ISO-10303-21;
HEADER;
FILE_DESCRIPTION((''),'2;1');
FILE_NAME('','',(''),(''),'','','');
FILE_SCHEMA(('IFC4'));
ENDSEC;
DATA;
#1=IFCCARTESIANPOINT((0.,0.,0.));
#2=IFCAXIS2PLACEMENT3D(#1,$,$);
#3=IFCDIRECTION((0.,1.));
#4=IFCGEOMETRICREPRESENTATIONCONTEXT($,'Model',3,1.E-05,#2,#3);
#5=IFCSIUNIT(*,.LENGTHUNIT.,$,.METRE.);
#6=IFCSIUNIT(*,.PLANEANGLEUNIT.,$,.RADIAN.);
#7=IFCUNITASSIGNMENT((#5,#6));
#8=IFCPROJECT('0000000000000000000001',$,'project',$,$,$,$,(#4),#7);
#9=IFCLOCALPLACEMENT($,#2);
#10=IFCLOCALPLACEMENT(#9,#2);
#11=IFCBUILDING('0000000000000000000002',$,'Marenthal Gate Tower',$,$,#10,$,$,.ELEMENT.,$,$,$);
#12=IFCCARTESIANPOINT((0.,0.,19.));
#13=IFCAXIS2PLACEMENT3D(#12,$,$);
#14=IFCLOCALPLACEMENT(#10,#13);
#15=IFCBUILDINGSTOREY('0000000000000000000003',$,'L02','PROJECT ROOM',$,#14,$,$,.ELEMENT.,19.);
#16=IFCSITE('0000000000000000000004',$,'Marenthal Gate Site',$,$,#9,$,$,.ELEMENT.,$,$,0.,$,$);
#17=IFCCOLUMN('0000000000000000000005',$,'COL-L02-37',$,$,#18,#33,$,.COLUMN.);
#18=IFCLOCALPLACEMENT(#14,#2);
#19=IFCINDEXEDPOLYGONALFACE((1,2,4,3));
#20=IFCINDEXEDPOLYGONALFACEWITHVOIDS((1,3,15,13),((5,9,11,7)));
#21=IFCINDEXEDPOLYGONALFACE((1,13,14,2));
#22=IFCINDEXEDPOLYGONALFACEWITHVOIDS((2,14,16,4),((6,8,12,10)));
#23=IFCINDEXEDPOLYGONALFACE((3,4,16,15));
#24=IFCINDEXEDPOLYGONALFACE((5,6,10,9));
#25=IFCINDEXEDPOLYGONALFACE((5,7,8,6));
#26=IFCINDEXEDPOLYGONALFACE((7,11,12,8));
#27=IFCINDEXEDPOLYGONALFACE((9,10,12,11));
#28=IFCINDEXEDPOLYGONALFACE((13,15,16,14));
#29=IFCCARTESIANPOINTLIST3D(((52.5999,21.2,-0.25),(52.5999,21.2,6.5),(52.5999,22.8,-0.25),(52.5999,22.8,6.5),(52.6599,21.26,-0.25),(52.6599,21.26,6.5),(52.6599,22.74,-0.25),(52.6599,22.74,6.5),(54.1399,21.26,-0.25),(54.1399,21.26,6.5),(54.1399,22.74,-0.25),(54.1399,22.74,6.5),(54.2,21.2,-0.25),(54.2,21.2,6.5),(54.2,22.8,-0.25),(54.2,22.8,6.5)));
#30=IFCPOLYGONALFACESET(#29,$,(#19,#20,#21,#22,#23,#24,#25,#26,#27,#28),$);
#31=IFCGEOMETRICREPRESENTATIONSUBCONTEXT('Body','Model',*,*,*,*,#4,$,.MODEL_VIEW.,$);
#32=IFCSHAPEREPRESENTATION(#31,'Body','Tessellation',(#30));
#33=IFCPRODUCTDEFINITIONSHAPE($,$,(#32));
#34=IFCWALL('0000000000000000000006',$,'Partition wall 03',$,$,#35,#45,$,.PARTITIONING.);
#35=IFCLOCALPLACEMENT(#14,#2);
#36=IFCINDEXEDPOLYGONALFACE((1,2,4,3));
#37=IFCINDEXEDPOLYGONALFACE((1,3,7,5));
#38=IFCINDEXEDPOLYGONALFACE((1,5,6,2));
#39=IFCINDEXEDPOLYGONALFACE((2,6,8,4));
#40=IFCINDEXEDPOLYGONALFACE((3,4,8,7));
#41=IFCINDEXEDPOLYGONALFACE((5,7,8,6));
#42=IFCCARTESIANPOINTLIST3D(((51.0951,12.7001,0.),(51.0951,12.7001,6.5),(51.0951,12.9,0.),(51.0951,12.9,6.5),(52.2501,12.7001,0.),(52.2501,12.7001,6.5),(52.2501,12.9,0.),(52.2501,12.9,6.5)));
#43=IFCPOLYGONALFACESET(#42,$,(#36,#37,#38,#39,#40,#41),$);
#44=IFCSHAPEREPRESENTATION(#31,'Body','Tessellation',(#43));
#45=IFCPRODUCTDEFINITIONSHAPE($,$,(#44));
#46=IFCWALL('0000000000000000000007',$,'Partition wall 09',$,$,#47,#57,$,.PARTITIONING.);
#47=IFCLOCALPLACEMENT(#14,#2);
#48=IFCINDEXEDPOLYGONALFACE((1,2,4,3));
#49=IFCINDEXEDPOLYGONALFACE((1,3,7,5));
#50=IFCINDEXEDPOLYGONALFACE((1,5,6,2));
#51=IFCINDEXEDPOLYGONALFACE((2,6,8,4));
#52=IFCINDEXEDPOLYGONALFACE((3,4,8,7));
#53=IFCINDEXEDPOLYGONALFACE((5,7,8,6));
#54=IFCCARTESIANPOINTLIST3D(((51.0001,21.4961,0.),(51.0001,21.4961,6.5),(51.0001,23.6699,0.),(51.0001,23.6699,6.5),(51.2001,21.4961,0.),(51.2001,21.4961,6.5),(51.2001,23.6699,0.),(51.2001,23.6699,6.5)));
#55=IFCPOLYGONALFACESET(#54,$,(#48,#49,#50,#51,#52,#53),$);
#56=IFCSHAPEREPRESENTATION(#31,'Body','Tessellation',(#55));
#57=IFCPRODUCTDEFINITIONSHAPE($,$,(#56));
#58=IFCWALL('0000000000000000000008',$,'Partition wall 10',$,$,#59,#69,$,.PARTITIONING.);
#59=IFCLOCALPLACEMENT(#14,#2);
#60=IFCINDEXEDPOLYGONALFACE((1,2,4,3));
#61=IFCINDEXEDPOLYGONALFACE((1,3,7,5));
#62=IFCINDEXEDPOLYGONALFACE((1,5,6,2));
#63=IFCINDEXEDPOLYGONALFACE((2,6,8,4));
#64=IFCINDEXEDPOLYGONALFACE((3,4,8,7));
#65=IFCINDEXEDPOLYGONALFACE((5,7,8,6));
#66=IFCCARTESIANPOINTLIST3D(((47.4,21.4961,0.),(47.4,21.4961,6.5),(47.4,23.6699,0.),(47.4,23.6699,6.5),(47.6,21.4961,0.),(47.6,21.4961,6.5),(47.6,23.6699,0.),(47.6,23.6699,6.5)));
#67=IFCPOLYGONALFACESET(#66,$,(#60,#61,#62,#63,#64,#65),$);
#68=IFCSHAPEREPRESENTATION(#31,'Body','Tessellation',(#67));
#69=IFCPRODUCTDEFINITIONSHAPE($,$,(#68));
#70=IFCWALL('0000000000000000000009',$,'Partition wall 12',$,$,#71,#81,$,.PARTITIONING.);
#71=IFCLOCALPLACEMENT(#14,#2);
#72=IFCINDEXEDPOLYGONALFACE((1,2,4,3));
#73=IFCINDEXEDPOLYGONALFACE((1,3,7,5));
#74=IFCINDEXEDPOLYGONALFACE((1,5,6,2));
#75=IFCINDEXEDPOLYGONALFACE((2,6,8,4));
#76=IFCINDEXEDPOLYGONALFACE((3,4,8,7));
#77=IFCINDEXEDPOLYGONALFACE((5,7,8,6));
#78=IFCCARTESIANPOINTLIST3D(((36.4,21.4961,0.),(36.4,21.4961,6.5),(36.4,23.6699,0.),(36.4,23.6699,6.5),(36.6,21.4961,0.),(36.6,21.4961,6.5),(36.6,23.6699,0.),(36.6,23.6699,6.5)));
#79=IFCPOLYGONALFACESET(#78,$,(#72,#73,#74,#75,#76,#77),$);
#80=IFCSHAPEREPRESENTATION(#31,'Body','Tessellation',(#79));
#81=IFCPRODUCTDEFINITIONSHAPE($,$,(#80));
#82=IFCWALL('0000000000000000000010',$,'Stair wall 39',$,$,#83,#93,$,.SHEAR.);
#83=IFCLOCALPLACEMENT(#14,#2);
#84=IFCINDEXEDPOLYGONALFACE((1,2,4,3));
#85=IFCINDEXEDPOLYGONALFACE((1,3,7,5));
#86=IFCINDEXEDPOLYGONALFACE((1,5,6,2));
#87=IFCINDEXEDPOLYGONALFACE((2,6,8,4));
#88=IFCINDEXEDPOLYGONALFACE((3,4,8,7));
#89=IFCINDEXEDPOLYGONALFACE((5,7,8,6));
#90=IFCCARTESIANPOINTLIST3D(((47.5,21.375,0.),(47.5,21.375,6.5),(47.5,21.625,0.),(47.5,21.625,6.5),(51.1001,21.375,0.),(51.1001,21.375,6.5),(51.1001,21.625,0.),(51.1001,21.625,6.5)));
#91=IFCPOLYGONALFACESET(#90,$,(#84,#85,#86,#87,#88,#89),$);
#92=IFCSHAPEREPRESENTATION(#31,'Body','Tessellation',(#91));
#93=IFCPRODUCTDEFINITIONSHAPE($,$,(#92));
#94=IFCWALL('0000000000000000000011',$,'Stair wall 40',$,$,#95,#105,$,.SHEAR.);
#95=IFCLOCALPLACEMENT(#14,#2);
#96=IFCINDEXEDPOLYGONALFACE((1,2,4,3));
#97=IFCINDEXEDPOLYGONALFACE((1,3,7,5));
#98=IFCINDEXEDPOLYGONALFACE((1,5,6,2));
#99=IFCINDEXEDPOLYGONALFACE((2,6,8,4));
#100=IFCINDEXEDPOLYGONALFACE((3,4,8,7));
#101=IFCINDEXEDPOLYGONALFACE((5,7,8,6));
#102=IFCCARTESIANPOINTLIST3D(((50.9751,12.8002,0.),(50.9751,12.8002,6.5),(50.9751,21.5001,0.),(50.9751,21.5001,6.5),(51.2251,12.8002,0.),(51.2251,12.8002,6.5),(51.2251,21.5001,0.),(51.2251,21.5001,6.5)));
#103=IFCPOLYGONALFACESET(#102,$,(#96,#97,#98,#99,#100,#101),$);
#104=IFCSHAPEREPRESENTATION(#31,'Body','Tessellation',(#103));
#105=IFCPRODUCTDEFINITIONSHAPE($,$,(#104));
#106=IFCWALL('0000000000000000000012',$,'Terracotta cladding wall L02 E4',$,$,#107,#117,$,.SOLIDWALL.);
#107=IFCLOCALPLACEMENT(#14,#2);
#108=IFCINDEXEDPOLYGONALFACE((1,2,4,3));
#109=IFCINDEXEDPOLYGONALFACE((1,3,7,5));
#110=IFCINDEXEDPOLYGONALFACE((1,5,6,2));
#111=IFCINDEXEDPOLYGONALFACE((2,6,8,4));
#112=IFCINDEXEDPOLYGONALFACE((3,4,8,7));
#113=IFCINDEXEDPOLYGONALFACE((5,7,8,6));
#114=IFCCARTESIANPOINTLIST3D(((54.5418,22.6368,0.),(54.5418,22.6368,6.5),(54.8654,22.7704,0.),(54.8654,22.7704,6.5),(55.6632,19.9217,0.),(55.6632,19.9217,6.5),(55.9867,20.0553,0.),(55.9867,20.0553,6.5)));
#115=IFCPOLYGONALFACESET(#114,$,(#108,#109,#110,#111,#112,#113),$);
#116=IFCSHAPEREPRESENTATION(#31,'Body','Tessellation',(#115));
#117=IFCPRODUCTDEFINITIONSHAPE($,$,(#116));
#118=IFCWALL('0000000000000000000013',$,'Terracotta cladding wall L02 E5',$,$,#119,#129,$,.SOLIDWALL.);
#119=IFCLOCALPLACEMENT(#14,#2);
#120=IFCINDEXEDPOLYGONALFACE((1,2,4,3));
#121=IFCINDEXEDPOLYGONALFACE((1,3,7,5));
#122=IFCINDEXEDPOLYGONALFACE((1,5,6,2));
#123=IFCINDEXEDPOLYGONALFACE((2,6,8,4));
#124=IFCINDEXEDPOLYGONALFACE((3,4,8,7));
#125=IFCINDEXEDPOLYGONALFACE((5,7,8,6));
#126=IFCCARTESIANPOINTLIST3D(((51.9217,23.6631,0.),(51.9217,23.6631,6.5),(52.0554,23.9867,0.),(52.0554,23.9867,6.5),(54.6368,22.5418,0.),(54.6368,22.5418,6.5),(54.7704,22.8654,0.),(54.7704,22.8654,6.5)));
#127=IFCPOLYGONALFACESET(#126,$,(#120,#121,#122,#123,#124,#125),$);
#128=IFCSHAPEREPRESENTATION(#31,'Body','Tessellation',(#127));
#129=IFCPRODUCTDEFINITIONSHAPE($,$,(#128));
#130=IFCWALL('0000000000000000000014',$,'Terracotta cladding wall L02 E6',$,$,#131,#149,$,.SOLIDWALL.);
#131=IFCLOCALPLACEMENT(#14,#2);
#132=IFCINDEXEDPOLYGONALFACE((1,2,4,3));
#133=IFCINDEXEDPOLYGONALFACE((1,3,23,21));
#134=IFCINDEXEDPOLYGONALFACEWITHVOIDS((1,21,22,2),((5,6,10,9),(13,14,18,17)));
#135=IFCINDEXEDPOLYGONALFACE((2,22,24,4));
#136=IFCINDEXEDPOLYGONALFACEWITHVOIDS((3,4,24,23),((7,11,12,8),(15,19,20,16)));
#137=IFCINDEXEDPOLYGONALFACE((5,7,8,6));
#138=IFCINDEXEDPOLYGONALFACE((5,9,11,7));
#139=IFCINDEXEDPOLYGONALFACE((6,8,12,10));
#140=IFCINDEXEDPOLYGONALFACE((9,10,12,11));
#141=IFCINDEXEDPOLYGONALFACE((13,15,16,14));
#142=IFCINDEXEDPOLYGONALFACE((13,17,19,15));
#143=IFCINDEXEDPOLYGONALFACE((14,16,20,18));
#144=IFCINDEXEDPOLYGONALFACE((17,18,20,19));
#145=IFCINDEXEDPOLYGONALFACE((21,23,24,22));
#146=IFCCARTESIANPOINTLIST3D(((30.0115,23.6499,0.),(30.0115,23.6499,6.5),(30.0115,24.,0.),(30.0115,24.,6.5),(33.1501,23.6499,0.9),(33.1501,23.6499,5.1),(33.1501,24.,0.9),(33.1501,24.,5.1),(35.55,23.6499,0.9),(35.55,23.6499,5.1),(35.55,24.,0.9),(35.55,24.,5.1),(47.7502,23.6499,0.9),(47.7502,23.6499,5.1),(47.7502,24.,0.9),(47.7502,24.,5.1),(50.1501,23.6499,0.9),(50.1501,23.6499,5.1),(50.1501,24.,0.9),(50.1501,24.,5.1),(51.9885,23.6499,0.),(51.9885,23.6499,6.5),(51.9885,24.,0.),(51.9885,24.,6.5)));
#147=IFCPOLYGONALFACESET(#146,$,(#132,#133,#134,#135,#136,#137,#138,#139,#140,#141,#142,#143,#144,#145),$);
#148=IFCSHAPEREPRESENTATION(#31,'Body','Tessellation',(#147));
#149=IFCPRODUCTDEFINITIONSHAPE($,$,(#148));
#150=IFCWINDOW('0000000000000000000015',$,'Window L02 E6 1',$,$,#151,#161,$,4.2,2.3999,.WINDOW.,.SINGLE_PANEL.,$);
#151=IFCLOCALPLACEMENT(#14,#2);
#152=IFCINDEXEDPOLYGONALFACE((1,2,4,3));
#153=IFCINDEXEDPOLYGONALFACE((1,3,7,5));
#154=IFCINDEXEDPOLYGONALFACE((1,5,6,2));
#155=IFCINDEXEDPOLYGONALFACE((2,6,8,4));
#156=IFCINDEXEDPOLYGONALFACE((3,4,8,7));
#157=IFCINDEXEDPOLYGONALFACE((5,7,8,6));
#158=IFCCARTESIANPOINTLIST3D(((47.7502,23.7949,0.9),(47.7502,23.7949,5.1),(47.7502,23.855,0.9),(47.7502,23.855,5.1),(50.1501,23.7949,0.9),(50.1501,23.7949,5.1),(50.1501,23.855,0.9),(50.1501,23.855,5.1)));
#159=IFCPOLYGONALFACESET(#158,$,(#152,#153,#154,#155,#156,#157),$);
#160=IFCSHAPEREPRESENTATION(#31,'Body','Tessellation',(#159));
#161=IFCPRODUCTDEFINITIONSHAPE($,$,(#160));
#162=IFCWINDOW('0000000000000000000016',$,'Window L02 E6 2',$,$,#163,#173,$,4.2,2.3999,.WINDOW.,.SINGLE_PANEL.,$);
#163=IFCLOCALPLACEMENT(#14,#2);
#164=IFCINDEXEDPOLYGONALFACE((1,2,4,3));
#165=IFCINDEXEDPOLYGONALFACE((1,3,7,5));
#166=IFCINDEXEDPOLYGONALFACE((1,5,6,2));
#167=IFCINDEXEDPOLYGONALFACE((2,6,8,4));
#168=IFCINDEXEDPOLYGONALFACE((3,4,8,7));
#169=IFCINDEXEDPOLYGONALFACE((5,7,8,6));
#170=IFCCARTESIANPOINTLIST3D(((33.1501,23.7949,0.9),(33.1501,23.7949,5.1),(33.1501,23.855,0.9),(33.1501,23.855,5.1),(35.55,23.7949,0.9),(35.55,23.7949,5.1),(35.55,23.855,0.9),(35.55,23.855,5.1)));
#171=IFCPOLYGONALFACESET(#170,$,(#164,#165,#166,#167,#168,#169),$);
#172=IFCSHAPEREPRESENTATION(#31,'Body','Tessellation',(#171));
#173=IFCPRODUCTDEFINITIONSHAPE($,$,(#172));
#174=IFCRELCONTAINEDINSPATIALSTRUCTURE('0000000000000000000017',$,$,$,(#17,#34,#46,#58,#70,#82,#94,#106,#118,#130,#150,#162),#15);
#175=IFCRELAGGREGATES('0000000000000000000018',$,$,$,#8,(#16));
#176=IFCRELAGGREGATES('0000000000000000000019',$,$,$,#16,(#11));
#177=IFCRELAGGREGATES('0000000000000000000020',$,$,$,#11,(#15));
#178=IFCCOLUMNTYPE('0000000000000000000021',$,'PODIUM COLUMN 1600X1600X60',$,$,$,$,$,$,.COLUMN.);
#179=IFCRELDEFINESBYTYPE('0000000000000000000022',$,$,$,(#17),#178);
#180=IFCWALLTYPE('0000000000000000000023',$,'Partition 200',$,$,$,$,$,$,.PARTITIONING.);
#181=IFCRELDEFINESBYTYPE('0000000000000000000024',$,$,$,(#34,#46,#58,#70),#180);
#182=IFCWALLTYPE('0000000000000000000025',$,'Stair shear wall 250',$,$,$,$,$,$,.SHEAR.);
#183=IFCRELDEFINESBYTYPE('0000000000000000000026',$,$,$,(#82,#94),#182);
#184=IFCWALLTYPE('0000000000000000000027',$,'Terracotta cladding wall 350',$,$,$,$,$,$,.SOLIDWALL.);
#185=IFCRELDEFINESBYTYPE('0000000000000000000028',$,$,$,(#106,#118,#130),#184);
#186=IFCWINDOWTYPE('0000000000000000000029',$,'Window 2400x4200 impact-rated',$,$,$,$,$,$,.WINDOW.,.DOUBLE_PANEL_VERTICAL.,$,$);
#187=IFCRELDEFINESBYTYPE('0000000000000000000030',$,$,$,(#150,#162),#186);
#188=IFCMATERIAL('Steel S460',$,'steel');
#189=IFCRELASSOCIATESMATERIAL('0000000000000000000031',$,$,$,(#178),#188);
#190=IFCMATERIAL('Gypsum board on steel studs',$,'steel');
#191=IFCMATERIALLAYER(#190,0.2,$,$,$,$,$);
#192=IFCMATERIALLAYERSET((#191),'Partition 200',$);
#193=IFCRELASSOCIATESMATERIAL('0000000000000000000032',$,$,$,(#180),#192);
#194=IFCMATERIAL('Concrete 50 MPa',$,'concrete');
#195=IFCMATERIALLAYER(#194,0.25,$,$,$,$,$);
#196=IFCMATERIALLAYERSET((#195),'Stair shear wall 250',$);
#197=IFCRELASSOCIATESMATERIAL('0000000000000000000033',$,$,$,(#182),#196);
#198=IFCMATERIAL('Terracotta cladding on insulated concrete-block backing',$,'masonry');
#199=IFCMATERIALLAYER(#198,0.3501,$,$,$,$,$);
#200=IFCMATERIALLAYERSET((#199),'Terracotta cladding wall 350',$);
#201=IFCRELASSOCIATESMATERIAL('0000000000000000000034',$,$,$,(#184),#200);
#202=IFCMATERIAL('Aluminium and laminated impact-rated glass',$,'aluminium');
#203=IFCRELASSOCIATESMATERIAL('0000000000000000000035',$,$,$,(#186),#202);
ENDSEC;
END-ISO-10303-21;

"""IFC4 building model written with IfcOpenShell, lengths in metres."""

from ifc_helpers import new_model, si_unit, direction, frame, frame_2d, origin, origin_2d, place, context, subcontext, project, spatial, rectangle, hollow_rectangle, extrude, material, layer, layer_set, material_profile, profile_set, type_object, element, fill, save


model = new_model("IFC4")

# Units and contexts
model_context = context("Model", 3, precision=1e-05, world=origin(), true_north=direction((0.0, 1.0)))
body_context = subcontext(model_context, "Body", "Model", "MODEL_VIEW")
ifc_project = project(units=[si_unit("LENGTHUNIT", "METRE"), si_unit("PLANEANGLEUNIT", "RADIAN")], contexts=[model_context])

# Site, building, storey
site_placement = place(None, origin())
site = spatial("IfcSite", under=ifc_project, at=site_placement, Name="Marenthal Gate Site", CompositionType="ELEMENT", RefElevation=0.0)
building_placement = place(site_placement, origin())
building = spatial("IfcBuilding", under=site, at=building_placement, Name="Marenthal Gate Tower", CompositionType="ELEMENT")
storey_placement = place(building_placement, frame((0.0, 0.0, 19.0)))
storey = spatial("IfcBuildingStorey", under=building, at=storey_placement, Name="L02", Description="PROJECT ROOM", CompositionType="ELEMENT", Elevation=19.0)

# Column
ifc_material_1 = material(Name="Steel S460", Category="steel")
ifc_material_profile_1 = material_profile(ifc_material_1, hollow_rectangle(XDim=1.6001, YDim=1.6001, WallThickness=0.0601, at=origin_2d()), Name="CFT BOX 1600X1600X60")
ifc_material_2 = material(Name="Concrete 70 MPa", Category="concrete")
ifc_material_profile_2 = material_profile(ifc_material_2, rectangle(XDim=1.48, YDim=1.48, at=origin_2d()), Name="CFT BOX 1600X1600X60 INFILL")
ifc_profile_set = profile_set([ifc_material_profile_1, ifc_material_profile_2], Name="Steel S460 shell, Concrete 70 MPa infill")
column_type = type_object("IfcColumnType", Name="PODIUM COLUMN 1600X1600X60", PredefinedType="COLUMN", material=ifc_profile_set)
column_placement = place(storey_placement, frame((53.3999, 22.0, -0.25), z_axis=(0.0, 0.0, 1.0), x_axis=(1.0, 0.0, 0.0)))
element("IfcColumn", 1, at=column_placement, inside=storey, type_object=column_type, Name="COL-L02-37", PredefinedType="COLUMN", context=body_context, shape_type="SweptSolid", body=[
    extrude(hollow_rectangle(XDim=1.6001, YDim=1.6001, WallThickness=0.0601, at=origin_2d()), origin(), (0.0, 0.0, 1.0), 6.75),
])

# Walls
ifc_material_3 = material(Name="Gypsum board on steel studs", Category="steel")
ifc_layer_1 = layer(ifc_material_3, 0.2)
ifc_layer_set_1 = layer_set([ifc_layer_1], Name="Partition 200")
wall_type_1 = type_object("IfcWallType", Name="Partition 200", PredefinedType="PARTITIONING", material=ifc_layer_set_1)
wall_1_placement = place(storey_placement, frame((51.095, 12.8, 0.0), z_axis=(0.0, 0.0, 1.0), x_axis=(1.0, 0.0, 0.0)))
element("IfcWall", 2, at=wall_1_placement, inside=storey, type_object=wall_type_1, Name="Partition wall 03", PredefinedType="PARTITIONING", context=body_context, shape_type="SweptSolid", body=[
    extrude(rectangle(XDim=1.155, YDim=0.2, at=frame_2d((0.5776, 0.0))), origin(), (0.0, 0.0, 1.0), 6.5),
])
for number, where, z_axis, x_axis, name in (
    (3, (51.1001, 21.4961, 0.0), (0.0, 0.0, 1.0), (0.0, 1.0, 0.0), "Partition wall 09"),
    (4, (47.5, 21.4961, 0.0), (0.0, 0.0, 1.0), (0.0, 1.0, 0.0), "Partition wall 10"),
    (5, (36.5, 21.4961, 0.0), (0.0, 0.0, 1.0), (0.0, 1.0, 0.0), "Partition wall 12"),
):
    element("IfcWall", number, at=place(storey_placement, frame(where, z_axis=z_axis, x_axis=x_axis)), inside=storey, type_object=wall_type_1, Name=name, PredefinedType="PARTITIONING", context=body_context, shape_type="SweptSolid", body=[
        extrude(rectangle(XDim=2.1738, YDim=0.2, at=frame_2d((1.0869, 0.0))), origin(), (0.0, 0.0, 1.0), 6.5),
    ])
ifc_material_4 = material(Name="Concrete 50 MPa", Category="concrete")
ifc_layer_2 = layer(ifc_material_4, 0.25)
ifc_layer_set_2 = layer_set([ifc_layer_2], Name="Stair shear wall 250")
wall_type_2 = type_object("IfcWallType", Name="Stair shear wall 250", PredefinedType="SHEAR", material=ifc_layer_set_2)
wall_2_placement = place(storey_placement, frame((47.5, 21.5, 0.0), z_axis=(0.0, 0.0, 1.0), x_axis=(1.0, 0.0, 0.0)))
element("IfcWall", 6, at=wall_2_placement, inside=storey, type_object=wall_type_2, Name="Stair wall 39", PredefinedType="SHEAR", context=body_context, shape_type="SweptSolid", body=[
    extrude(rectangle(XDim=3.6001, YDim=0.25, at=frame_2d((1.8, 0.0))), origin(), (0.0, 0.0, 1.0), 6.5),
])
wall_3_placement = place(storey_placement, frame((51.1001, 12.8, 0.0), z_axis=(0.0, 0.0, 1.0), x_axis=(0.0, 1.0, 0.0)))
element("IfcWall", 7, at=wall_3_placement, inside=storey, type_object=wall_type_2, Name="Stair wall 40", PredefinedType="SHEAR", context=body_context, shape_type="SweptSolid", body=[
    extrude(rectangle(XDim=8.7, YDim=0.25, at=frame_2d((4.3501, 0.0))), origin(), (0.0, 0.0, 1.0), 6.5),
])
ifc_material_5 = material(Name="Terracotta cladding on insulated concrete-block backing", Category="masonry")
ifc_layer_3 = layer(ifc_material_5, 0.3501)
ifc_layer_set_3 = layer_set([ifc_layer_3], Name="Terracotta cladding wall 350")
wall_type_3 = type_object("IfcWallType", Name="Terracotta cladding wall 350", PredefinedType="SOLIDWALL", material=ifc_layer_set_3)
for number, where, z_axis, x_axis, name in (
    (8, (55.825, 19.9885, 0.0), (0.0, 0.0, 1.0), (-0.381728, 0.924275, 0.0), "Terracotta cladding wall L02 E4"),
    (9, (54.7036, 22.7036, 0.0), (0.0, 0.0, 1.0), (-0.924275, 0.381728, 0.0), "Terracotta cladding wall L02 E5"),
):
    element("IfcWall", number, at=place(storey_placement, frame(where, z_axis=z_axis, x_axis=x_axis)), inside=storey, type_object=wall_type_3, Name=name, PredefinedType="SOLIDWALL", context=body_context, shape_type="SweptSolid", body=[
        extrude(rectangle(XDim=2.9375, YDim=0.3501, at=frame_2d((1.4688, 0.0))), origin(), (0.0, 0.0, 1.0), 6.5),
    ])

# Wall, openings, windows
wall_4_placement = place(storey_placement, frame((51.9885, 23.825, 0.0), z_axis=(0.0, 0.0, 1.0), x_axis=(-1.0, 0.0, 0.0)))
wall_4 = element("IfcWall", 10, at=wall_4_placement, inside=storey, type_object=wall_type_3, Name="Terracotta cladding wall L02 E6", PredefinedType="SOLIDWALL", context=body_context, shape_type="SweptSolid", body=[
    extrude(rectangle(XDim=21.9771, YDim=0.3501, at=frame_2d((10.9885, 0.0))), origin(), (0.0, 0.0, 1.0), 6.5),
])
opening_1_placement = place(wall_4_placement, frame((1.8384, 0.0, 0.8999)))
opening_1 = element("IfcOpeningElement", 11, at=opening_1_placement, cuts=wall_4, PredefinedType="OPENING", context=body_context, shape_type="SweptSolid", body=[
    extrude(rectangle(XDim=2.3999, YDim=4.2, at=frame_2d((1.2, 2.1001))), frame((0.0, 0.1851, 0.0), z_axis=(0.0, -1.0, 0.0), x_axis=(1.0, 0.0, 0.0)), (0.0, 0.0, 1.0), 0.3701),
])
opening_2_placement = place(wall_4_placement, frame((16.4385, 0.0, 0.8999)))
opening_2 = element("IfcOpeningElement", 12, at=opening_2_placement, cuts=wall_4, PredefinedType="OPENING", context=body_context, shape_type="SweptSolid", body=[
    extrude(rectangle(XDim=2.3999, YDim=4.2, at=frame_2d((1.2, 2.1001))), frame((0.0, 0.1851, 0.0), z_axis=(0.0, -1.0, 0.0), x_axis=(1.0, 0.0, 0.0)), (0.0, 0.0, 1.0), 0.3701),
])
ifc_material_6 = material(Name="Aluminium and laminated impact-rated glass", Category="aluminium")
window_type = type_object("IfcWindowType", Name="Window 2400x4200 impact-rated", PartitioningType="DOUBLE_PANEL_VERTICAL", PredefinedType="WINDOW", material=ifc_material_6)
window_1_placement = place(opening_1_placement, origin())
window_1 = element("IfcWindow", 13, at=window_1_placement, inside=storey, type_object=window_type, Name="Window L02 E6 1", OverallHeight=4.2, OverallWidth=2.3999, PartitioningType="SINGLE_PANEL", PredefinedType="WINDOW", context=body_context, shape_type="SweptSolid", body=[
    extrude(rectangle(XDim=2.3999, YDim=4.2, at=frame_2d((1.2, 2.1001))), frame((0.0, 0.03, 0.0), z_axis=(0.0, -1.0, 0.0), x_axis=(1.0, 0.0, 0.0)), (0.0, 0.0, 1.0), 0.0601),
])
fill(opening_1, window_1)
window_2_placement = place(opening_2_placement, origin())
window_2 = element("IfcWindow", 14, at=window_2_placement, inside=storey, type_object=window_type, Name="Window L02 E6 2", OverallHeight=4.2, OverallWidth=2.3999, PartitioningType="SINGLE_PANEL", PredefinedType="WINDOW", context=body_context, shape_type="SweptSolid", body=[
    extrude(rectangle(XDim=2.3999, YDim=4.2, at=frame_2d((1.2, 2.1001))), frame((0.0, 0.03, 0.0), z_axis=(0.0, -1.0, 0.0), x_axis=(1.0, 0.0, 0.0)), (0.0, 0.0, 1.0), 0.0601),
])
fill(opening_2, window_2)

save(model, "model.ifc")
